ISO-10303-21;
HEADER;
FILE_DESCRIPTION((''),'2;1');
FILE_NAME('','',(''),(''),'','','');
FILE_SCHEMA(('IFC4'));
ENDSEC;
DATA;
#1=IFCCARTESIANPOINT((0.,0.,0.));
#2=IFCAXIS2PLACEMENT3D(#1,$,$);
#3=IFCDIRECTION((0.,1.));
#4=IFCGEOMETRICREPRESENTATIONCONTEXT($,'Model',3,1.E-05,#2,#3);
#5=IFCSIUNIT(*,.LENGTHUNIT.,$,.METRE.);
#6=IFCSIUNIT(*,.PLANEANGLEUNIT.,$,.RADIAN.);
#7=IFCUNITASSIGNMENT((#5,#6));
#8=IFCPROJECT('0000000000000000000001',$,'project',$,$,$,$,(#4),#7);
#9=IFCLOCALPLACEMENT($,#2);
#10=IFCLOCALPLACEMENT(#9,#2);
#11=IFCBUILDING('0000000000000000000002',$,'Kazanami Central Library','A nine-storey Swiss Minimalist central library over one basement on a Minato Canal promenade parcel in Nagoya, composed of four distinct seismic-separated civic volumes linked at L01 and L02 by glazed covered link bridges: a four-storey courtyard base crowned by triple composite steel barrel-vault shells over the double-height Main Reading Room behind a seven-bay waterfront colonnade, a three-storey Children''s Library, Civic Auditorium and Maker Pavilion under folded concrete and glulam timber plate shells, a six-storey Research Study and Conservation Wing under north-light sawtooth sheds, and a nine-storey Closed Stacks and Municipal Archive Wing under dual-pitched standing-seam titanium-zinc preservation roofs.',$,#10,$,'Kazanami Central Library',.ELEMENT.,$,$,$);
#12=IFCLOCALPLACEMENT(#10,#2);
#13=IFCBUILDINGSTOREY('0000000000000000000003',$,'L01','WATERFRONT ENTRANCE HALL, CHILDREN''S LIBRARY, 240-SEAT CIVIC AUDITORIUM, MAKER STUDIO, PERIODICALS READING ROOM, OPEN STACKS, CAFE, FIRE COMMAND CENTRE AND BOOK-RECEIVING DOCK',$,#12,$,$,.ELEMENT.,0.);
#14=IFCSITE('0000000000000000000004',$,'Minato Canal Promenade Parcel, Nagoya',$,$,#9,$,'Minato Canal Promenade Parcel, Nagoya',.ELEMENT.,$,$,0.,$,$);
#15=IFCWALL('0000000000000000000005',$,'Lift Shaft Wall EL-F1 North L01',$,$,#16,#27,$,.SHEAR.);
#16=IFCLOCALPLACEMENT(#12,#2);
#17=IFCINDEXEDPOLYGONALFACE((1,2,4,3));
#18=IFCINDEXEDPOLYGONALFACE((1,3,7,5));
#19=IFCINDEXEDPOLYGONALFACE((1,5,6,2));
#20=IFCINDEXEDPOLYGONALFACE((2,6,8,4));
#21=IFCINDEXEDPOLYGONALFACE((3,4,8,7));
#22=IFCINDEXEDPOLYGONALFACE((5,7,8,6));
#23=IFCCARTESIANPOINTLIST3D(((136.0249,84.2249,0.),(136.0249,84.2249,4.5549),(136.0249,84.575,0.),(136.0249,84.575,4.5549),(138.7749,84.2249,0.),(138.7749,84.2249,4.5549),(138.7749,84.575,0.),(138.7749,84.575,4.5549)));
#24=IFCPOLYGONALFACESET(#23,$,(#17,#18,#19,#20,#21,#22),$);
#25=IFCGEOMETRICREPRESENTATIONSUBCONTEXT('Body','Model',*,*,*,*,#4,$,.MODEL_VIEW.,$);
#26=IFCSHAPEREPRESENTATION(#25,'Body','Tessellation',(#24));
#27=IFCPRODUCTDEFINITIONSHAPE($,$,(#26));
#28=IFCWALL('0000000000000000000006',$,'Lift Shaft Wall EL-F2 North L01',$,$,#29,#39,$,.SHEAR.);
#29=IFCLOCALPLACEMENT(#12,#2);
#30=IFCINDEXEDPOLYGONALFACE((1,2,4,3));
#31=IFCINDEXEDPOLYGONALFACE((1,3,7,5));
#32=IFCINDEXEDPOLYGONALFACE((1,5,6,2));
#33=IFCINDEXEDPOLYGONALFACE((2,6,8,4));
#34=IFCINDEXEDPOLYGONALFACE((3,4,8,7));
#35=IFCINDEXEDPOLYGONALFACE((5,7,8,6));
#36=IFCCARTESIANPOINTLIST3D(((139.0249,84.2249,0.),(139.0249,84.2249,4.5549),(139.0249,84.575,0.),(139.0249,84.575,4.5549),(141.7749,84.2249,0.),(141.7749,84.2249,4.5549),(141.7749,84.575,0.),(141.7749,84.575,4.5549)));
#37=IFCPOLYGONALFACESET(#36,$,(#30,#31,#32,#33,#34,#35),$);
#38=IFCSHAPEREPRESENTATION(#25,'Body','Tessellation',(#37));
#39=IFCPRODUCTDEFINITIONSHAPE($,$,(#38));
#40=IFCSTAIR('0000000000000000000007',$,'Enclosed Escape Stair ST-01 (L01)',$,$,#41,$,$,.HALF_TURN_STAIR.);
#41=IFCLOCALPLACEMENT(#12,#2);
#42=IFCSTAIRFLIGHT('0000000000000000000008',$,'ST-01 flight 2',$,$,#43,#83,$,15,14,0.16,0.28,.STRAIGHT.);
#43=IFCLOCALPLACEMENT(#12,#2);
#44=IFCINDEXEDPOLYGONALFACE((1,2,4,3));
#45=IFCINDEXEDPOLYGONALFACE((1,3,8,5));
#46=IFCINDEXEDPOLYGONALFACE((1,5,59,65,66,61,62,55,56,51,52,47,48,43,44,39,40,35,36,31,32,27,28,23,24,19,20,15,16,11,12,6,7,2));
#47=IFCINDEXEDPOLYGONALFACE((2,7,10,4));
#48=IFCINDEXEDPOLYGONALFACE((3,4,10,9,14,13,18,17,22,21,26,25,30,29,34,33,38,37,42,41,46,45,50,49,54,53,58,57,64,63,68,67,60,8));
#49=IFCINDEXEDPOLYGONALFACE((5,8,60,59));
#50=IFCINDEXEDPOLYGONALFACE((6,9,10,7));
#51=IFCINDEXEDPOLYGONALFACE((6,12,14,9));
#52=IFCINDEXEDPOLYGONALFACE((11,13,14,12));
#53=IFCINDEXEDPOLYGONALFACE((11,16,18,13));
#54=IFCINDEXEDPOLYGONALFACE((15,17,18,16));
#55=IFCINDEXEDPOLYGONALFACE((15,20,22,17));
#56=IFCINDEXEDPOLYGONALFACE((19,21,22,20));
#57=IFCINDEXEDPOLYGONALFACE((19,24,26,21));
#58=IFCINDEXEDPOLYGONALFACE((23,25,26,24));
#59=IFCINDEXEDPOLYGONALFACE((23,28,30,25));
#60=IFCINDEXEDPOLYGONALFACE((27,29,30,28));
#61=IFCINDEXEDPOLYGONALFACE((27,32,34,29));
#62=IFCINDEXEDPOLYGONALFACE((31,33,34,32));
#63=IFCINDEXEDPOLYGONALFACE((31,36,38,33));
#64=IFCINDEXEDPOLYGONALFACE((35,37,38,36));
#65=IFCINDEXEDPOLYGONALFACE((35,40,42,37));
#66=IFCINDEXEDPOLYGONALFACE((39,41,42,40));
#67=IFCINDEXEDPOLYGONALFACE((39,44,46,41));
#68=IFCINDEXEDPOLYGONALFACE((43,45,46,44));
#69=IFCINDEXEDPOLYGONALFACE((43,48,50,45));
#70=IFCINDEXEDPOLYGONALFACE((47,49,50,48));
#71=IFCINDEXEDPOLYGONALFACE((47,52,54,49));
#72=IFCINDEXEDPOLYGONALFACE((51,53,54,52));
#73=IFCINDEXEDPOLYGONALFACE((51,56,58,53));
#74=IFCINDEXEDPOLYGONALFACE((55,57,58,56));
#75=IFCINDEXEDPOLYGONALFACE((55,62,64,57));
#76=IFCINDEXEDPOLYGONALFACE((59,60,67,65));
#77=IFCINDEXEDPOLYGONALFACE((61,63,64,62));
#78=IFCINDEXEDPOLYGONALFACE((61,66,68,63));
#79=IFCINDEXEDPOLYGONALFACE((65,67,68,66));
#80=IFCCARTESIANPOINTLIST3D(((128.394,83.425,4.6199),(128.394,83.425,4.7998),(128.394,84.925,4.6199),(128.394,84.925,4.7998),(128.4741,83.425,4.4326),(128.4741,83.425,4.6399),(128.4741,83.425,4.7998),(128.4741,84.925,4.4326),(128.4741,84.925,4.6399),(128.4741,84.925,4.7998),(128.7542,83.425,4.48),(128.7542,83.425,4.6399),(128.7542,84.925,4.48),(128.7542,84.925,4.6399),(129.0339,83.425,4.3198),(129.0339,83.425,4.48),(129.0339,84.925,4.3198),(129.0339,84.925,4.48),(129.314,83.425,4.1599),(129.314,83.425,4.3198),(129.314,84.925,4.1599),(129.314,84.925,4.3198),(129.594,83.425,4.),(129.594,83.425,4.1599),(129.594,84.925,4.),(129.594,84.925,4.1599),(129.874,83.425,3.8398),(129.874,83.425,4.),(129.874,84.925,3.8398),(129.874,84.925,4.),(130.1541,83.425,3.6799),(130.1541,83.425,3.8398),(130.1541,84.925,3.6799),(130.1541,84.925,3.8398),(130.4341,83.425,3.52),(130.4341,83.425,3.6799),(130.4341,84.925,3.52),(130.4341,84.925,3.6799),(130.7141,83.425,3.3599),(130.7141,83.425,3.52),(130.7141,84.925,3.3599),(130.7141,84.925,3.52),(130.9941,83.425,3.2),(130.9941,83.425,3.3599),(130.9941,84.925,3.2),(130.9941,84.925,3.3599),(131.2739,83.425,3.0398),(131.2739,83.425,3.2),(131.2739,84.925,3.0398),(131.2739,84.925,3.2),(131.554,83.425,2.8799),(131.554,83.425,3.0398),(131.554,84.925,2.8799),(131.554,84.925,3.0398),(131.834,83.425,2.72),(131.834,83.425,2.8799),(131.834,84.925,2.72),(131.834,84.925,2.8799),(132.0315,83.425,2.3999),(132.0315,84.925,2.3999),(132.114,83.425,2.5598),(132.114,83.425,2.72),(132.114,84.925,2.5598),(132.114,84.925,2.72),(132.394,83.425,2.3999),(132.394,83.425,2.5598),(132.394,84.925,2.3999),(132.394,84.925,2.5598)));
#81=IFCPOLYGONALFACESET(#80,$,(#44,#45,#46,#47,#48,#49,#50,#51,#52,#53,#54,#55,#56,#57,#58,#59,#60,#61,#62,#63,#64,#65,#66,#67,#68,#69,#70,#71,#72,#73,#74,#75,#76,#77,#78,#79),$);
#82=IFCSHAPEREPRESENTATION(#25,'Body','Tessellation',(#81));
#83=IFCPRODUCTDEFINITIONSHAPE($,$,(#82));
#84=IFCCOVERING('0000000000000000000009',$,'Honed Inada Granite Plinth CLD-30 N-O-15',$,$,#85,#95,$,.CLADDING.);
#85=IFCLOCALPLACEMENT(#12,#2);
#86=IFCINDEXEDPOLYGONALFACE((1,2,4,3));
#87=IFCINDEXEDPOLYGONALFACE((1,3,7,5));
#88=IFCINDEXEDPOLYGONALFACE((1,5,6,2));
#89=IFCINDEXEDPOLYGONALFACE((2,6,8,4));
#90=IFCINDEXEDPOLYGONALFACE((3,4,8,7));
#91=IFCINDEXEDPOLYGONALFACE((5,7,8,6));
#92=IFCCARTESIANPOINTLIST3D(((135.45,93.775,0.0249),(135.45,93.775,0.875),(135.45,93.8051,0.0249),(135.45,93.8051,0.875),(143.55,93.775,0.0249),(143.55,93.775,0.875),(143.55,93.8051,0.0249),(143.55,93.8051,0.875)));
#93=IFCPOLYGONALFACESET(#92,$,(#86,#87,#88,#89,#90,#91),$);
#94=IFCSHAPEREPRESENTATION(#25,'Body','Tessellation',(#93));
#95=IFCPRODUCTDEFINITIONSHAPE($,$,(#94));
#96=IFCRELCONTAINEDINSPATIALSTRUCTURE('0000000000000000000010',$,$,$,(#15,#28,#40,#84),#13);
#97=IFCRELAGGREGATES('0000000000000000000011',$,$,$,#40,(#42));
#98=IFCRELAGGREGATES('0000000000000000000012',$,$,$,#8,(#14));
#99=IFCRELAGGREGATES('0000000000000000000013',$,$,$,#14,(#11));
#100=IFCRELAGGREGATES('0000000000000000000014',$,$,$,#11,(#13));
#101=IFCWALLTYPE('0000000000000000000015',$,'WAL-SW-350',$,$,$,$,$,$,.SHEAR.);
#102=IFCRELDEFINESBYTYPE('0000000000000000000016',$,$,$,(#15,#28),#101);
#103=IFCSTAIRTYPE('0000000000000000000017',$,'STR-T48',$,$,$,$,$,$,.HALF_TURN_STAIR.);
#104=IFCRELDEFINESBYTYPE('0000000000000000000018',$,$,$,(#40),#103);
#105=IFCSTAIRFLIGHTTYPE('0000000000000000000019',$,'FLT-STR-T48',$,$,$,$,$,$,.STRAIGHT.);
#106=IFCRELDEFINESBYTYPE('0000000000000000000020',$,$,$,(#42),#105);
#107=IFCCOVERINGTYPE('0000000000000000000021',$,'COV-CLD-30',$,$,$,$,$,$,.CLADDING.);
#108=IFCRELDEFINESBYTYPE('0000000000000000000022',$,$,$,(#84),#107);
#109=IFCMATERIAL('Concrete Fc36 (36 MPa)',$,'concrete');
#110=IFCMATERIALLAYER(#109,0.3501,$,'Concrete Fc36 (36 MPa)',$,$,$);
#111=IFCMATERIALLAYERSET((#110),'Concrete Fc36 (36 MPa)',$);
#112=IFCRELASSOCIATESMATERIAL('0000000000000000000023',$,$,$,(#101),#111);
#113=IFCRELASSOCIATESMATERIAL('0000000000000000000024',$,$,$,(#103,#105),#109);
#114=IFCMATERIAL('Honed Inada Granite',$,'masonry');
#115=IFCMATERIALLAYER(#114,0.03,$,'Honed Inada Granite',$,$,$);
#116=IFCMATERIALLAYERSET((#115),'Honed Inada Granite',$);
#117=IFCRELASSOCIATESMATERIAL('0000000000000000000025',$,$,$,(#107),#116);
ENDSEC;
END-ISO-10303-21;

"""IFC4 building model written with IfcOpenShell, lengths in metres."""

from ifc_helpers import new_model, si_unit, direction, frame, frame_2d, origin, origin_2d, place, context, subcontext, project, spatial, polyline, rectangle, outline, extrude, material, layer, layer_set, type_object, element, aggregate, save


model = new_model("IFC4")

# Units and contexts
model_context = context("Model", 3, precision=1e-05, world=origin(), true_north=direction((0.0, 1.0)))
body_context = subcontext(model_context, "Body", "Model", "MODEL_VIEW")
ifc_project = project(units=[si_unit("LENGTHUNIT", "METRE"), si_unit("PLANEANGLEUNIT", "RADIAN")], contexts=[model_context])

# Site, building, storey
site_placement = place(None, origin())
site = spatial("IfcSite", under=ifc_project, at=site_placement, Name="Minato Canal Promenade Parcel, Nagoya", LongName="Minato Canal Promenade Parcel, Nagoya", CompositionType="ELEMENT", RefElevation=0.0)
building_placement = place(site_placement, origin())
building = spatial("IfcBuilding", under=site, at=building_placement, Name="Kazanami Central Library", Description="A nine-storey Swiss Minimalist central library over one basement on a Minato Canal promenade parcel in Nagoya, composed of four distinct seismic-separated civic volumes linked at L01 and L02 by glazed covered link bridges: a four-storey courtyard base crowned by triple composite steel barrel-vault shells over the double-height Main Reading Room behind a seven-bay waterfront colonnade, a three-storey Children's Library, Civic Auditorium and Maker Pavilion under folded concrete and glulam timber plate shells, a six-storey Research Study and Conservation Wing under north-light sawtooth sheds, and a nine-storey Closed Stacks and Municipal Archive Wing under dual-pitched standing-seam titanium-zinc preservation roofs.", LongName="Kazanami Central Library", CompositionType="ELEMENT")
storey_placement = place(building_placement, origin())
storey = spatial("IfcBuildingStorey", under=building, at=storey_placement, Name="L01", Description="WATERFRONT ENTRANCE HALL, CHILDREN'S LIBRARY, 240-SEAT CIVIC AUDITORIUM, MAKER STUDIO, PERIODICALS READING ROOM, OPEN STACKS, CAFE, FIRE COMMAND CENTRE AND BOOK-RECEIVING DOCK", CompositionType="ELEMENT", Elevation=0.0)

# Shared definitions
ifc_material_1 = material(Name="Concrete Fc36 (36 MPa)", Category="concrete")
ifc_material_2 = material(Name="Honed Inada Granite", Category="masonry")

# Walls
ifc_layer_1 = layer(ifc_material_1, 0.3501, Name="Concrete Fc36 (36 MPa)")
ifc_layer_set_1 = layer_set([ifc_layer_1], Name="Concrete Fc36 (36 MPa)")
wall_type_1 = type_object("IfcWallType", Name="WAL-SW-350", PredefinedType="SHEAR", material=ifc_layer_set_1)
for number, where, z_axis, x_axis, name in (
    (1, (136.0249, 84.3999, 0.0), (0.0, 0.0, 1.0), (1.0, 0.0, 0.0), "Lift Shaft Wall EL-F1 North L01"),
    (2, (139.0249, 84.3999, 0.0), (0.0, 0.0, 1.0), (1.0, 0.0, 0.0), "Lift Shaft Wall EL-F2 North L01"),
):
    element("IfcWall", number, at=place(storey_placement, frame(where, z_axis=z_axis, x_axis=x_axis)), inside=storey, type_object=wall_type_1, Name=name, PredefinedType="SHEAR", context=body_context, shape_type="SweptSolid", body=[
        extrude(rectangle(XDim=2.75, YDim=0.3501, at=frame_2d((1.375, 0.0))), origin(), (0.0, 0.0, 1.0), 4.5549),
    ])

# Stair, stair flight
stair_type = type_object("IfcStairType", Name="STR-T48", PredefinedType="HALF_TURN_STAIR", material=ifc_material_1)
stair_placement = place(storey_placement, origin())
stair = element("IfcStair", 3, at=stair_placement, inside=storey, type_object=stair_type, Name="Enclosed Escape Stair ST-01 (L01)", PredefinedType="HALF_TURN_STAIR")
stair_flight_type = type_object("IfcStairFlightType", Name="FLT-STR-T48", PredefinedType="STRAIGHT", material=ifc_material_1)
stair_flight_placement = place(storey_placement, frame((132.394, 84.175, 2.3999), z_axis=(0.0, 0.0, 1.0), x_axis=(-1.0, 0.0, 0.0)))
stair_flight = element("IfcStairFlight", 4, at=stair_flight_placement, type_object=stair_flight_type, Name="ST-01 flight 2", NumberOfRisers=15, NumberOfTreads=14, PredefinedType="STRAIGHT", RiserHeight=0.16, TreadLength=0.28, context=body_context, shape_type="SweptSolid", body=[
    extrude(outline(polyline([(0.0, 0.0), (0.0, 0.1599), (0.28, 0.1599), (0.28, 0.3201), (0.5601, 0.3201), (0.5601, 0.48), (0.8401, 0.48), (0.8401, 0.6399), (1.1201, 0.6399), (1.1201, 0.8), (1.3999, 0.8), (1.3999, 0.96), (1.6799, 0.96), (1.6799, 1.1201), (1.96, 1.1201), (1.96, 1.28), (2.24, 1.28), (2.24, 1.4399), (2.52, 1.4399), (2.52, 1.6001), (2.8, 1.6001), (2.8, 1.76), (3.0801, 1.76), (3.0801, 1.9199), (3.3601, 1.9199), (3.3601, 2.0801), (3.6399, 2.0801), (3.6399, 2.24), (3.9199, 2.24), (3.9199, 2.3999), (4.0, 2.3999), (4.0, 2.22), (3.9199, 2.0327), (0.3625, 0.0), (0.0, 0.0)])), frame((0.0, 0.75, 0.0), z_axis=(0.0, -1.0, 0.0), x_axis=(1.0, 0.0, 0.0)), (0.0, 0.0, 1.0), 1.5),
])
aggregate(stair, [stair_flight])

# Covering
ifc_layer_2 = layer(ifc_material_2, 0.03, Name="Honed Inada Granite")
ifc_layer_set_2 = layer_set([ifc_layer_2], Name="Honed Inada Granite")
covering_type = type_object("IfcCoveringType", Name="COV-CLD-30", PredefinedType="CLADDING", material=ifc_layer_set_2)
covering_placement = place(storey_placement, frame((139.5, 93.79, 0.0249), z_axis=(0.0, 0.0, 1.0), x_axis=(-1.0, 0.0, 0.0)))
element("IfcCovering", 5, at=covering_placement, inside=storey, type_object=covering_type, Name="Honed Inada Granite Plinth CLD-30 N-O-15", PredefinedType="CLADDING", context=body_context, shape_type="SweptSolid", body=[
    extrude(rectangle(XDim=8.1001, YDim=0.03, at=origin_2d()), origin(), (0.0, 0.0, 1.0), 0.8501),
])

save(model, "model.ifc")
